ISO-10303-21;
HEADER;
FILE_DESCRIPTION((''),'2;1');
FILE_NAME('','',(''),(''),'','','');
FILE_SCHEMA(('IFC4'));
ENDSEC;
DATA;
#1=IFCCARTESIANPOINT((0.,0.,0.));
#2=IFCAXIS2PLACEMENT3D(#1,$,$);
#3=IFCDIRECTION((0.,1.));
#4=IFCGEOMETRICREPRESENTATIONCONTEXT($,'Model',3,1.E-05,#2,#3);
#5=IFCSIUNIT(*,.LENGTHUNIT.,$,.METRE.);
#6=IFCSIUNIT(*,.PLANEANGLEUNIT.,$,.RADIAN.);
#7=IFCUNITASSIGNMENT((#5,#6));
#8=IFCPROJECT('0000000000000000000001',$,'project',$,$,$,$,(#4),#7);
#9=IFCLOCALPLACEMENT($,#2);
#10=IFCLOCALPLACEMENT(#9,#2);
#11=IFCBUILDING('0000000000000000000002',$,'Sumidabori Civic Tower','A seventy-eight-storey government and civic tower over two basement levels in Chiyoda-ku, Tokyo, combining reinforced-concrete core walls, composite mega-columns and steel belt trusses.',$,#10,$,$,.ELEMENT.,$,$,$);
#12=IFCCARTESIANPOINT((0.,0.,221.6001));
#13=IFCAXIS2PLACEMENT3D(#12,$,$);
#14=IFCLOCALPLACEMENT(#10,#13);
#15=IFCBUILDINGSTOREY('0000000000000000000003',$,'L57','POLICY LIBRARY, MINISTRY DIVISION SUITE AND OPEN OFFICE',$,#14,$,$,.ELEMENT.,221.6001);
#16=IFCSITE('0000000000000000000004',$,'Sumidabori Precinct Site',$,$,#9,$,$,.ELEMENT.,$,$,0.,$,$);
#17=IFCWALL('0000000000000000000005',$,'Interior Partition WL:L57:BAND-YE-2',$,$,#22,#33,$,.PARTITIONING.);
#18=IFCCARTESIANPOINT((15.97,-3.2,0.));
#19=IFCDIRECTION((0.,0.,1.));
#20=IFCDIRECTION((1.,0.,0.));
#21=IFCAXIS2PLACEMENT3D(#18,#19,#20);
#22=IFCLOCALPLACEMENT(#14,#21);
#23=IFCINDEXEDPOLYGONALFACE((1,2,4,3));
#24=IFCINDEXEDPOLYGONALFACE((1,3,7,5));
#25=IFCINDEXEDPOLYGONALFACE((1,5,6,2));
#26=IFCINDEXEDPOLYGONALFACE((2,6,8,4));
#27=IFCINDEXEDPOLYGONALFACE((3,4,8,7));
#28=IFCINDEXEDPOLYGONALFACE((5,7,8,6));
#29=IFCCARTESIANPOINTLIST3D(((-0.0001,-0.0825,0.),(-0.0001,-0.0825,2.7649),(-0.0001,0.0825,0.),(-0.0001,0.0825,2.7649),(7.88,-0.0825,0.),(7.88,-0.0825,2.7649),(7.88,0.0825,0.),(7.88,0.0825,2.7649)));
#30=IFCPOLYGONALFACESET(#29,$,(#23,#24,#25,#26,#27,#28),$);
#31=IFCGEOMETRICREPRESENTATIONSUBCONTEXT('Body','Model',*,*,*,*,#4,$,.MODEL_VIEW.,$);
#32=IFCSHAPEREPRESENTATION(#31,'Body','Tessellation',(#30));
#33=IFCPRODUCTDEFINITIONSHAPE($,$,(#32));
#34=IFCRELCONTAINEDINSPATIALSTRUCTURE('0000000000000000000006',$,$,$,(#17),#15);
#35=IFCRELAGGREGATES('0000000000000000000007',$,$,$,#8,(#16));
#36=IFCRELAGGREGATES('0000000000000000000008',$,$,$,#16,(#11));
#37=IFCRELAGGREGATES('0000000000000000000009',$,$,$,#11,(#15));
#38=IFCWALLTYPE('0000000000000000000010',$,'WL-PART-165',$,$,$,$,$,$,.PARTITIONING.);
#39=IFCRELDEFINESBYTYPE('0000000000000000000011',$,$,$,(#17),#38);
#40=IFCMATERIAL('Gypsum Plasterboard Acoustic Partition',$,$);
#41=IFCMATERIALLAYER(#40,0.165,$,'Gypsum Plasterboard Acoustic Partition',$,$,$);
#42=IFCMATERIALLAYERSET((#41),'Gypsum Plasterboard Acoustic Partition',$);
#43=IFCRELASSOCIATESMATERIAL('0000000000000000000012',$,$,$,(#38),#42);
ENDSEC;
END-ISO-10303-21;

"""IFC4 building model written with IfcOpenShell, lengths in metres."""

from ifc_helpers import new_model, si_unit, direction, frame, frame_2d, origin, place, context, subcontext, project, spatial, rectangle, extrude, source, transform, mapped, material, layer, layer_set, type_object, element, save


model = new_model("IFC4")

# Units and contexts
model_context = context("Model", 3, precision=1e-05, world=origin(), true_north=direction((0.0, 1.0)))
body_context = subcontext(model_context, "Body", "Model", "MODEL_VIEW")
ifc_project = project(units=[si_unit("LENGTHUNIT", "METRE"), si_unit("PLANEANGLEUNIT", "RADIAN")], contexts=[model_context])

# Site, building, storey
site_placement = place(None, origin())
site = spatial("IfcSite", under=ifc_project, at=site_placement, Name="Sumidabori Precinct Site", CompositionType="ELEMENT", RefElevation=0.0)
building_placement = place(site_placement, origin())
building = spatial("IfcBuilding", under=site, at=building_placement, Name="Sumidabori Civic Tower", Description="A seventy-eight-storey government and civic tower over two basement levels in Chiyoda-ku, Tokyo, combining reinforced-concrete core walls, composite mega-columns and steel belt trusses.", CompositionType="ELEMENT")
storey_placement = place(building_placement, frame((0.0, 0.0, 221.6001)))
storey = spatial("IfcBuildingStorey", under=building, at=storey_placement, Name="L57", Description="POLICY LIBRARY, MINISTRY DIVISION SUITE AND OPEN OFFICE", CompositionType="ELEMENT", Elevation=221.6001)

# Wall
ifc_material_1 = material(Name="Gypsum Plasterboard Acoustic Partition")
ifc_layer_1 = layer(ifc_material_1, 0.165, Name="Gypsum Plasterboard Acoustic Partition")
ifc_layer_set_1 = layer_set([ifc_layer_1], Name="Gypsum Plasterboard Acoustic Partition")
wall_type = type_object("IfcWallType", Name="WL-PART-165", PredefinedType="PARTITIONING", material=ifc_layer_set_1)
shared_shape_1 = source(origin(), body_context, "Body", "SweptSolid", [
    extrude(rectangle(XDim=7.8801, YDim=0.165, at=frame_2d((3.9399, 0.0))), origin(), (0.0, 0.0, 1.0), 2.7649),
])
wall_1_placement = place(storey_placement, frame((15.97, -3.2, 0.0), z_axis=(0.0, 0.0, 1.0), x_axis=(1.0, 0.0, 0.0)))
element("IfcWall", 1, at=wall_1_placement, inside=storey, type_object=wall_type, Name="Interior Partition WL:L57:BAND-YE-2", PredefinedType="PARTITIONING", context=body_context, shape_type="MappedRepresentation", body=[
    mapped(shared_shape_1, transform((0.0, 0.0, 0.0), x_axis=(1.0, 0.0, 0.0), y_axis=(0.0, 1.0, 0.0), z_axis=(0.0, 0.0, 1.0), scale=1.0)),
])

save(model, "model.ifc")
